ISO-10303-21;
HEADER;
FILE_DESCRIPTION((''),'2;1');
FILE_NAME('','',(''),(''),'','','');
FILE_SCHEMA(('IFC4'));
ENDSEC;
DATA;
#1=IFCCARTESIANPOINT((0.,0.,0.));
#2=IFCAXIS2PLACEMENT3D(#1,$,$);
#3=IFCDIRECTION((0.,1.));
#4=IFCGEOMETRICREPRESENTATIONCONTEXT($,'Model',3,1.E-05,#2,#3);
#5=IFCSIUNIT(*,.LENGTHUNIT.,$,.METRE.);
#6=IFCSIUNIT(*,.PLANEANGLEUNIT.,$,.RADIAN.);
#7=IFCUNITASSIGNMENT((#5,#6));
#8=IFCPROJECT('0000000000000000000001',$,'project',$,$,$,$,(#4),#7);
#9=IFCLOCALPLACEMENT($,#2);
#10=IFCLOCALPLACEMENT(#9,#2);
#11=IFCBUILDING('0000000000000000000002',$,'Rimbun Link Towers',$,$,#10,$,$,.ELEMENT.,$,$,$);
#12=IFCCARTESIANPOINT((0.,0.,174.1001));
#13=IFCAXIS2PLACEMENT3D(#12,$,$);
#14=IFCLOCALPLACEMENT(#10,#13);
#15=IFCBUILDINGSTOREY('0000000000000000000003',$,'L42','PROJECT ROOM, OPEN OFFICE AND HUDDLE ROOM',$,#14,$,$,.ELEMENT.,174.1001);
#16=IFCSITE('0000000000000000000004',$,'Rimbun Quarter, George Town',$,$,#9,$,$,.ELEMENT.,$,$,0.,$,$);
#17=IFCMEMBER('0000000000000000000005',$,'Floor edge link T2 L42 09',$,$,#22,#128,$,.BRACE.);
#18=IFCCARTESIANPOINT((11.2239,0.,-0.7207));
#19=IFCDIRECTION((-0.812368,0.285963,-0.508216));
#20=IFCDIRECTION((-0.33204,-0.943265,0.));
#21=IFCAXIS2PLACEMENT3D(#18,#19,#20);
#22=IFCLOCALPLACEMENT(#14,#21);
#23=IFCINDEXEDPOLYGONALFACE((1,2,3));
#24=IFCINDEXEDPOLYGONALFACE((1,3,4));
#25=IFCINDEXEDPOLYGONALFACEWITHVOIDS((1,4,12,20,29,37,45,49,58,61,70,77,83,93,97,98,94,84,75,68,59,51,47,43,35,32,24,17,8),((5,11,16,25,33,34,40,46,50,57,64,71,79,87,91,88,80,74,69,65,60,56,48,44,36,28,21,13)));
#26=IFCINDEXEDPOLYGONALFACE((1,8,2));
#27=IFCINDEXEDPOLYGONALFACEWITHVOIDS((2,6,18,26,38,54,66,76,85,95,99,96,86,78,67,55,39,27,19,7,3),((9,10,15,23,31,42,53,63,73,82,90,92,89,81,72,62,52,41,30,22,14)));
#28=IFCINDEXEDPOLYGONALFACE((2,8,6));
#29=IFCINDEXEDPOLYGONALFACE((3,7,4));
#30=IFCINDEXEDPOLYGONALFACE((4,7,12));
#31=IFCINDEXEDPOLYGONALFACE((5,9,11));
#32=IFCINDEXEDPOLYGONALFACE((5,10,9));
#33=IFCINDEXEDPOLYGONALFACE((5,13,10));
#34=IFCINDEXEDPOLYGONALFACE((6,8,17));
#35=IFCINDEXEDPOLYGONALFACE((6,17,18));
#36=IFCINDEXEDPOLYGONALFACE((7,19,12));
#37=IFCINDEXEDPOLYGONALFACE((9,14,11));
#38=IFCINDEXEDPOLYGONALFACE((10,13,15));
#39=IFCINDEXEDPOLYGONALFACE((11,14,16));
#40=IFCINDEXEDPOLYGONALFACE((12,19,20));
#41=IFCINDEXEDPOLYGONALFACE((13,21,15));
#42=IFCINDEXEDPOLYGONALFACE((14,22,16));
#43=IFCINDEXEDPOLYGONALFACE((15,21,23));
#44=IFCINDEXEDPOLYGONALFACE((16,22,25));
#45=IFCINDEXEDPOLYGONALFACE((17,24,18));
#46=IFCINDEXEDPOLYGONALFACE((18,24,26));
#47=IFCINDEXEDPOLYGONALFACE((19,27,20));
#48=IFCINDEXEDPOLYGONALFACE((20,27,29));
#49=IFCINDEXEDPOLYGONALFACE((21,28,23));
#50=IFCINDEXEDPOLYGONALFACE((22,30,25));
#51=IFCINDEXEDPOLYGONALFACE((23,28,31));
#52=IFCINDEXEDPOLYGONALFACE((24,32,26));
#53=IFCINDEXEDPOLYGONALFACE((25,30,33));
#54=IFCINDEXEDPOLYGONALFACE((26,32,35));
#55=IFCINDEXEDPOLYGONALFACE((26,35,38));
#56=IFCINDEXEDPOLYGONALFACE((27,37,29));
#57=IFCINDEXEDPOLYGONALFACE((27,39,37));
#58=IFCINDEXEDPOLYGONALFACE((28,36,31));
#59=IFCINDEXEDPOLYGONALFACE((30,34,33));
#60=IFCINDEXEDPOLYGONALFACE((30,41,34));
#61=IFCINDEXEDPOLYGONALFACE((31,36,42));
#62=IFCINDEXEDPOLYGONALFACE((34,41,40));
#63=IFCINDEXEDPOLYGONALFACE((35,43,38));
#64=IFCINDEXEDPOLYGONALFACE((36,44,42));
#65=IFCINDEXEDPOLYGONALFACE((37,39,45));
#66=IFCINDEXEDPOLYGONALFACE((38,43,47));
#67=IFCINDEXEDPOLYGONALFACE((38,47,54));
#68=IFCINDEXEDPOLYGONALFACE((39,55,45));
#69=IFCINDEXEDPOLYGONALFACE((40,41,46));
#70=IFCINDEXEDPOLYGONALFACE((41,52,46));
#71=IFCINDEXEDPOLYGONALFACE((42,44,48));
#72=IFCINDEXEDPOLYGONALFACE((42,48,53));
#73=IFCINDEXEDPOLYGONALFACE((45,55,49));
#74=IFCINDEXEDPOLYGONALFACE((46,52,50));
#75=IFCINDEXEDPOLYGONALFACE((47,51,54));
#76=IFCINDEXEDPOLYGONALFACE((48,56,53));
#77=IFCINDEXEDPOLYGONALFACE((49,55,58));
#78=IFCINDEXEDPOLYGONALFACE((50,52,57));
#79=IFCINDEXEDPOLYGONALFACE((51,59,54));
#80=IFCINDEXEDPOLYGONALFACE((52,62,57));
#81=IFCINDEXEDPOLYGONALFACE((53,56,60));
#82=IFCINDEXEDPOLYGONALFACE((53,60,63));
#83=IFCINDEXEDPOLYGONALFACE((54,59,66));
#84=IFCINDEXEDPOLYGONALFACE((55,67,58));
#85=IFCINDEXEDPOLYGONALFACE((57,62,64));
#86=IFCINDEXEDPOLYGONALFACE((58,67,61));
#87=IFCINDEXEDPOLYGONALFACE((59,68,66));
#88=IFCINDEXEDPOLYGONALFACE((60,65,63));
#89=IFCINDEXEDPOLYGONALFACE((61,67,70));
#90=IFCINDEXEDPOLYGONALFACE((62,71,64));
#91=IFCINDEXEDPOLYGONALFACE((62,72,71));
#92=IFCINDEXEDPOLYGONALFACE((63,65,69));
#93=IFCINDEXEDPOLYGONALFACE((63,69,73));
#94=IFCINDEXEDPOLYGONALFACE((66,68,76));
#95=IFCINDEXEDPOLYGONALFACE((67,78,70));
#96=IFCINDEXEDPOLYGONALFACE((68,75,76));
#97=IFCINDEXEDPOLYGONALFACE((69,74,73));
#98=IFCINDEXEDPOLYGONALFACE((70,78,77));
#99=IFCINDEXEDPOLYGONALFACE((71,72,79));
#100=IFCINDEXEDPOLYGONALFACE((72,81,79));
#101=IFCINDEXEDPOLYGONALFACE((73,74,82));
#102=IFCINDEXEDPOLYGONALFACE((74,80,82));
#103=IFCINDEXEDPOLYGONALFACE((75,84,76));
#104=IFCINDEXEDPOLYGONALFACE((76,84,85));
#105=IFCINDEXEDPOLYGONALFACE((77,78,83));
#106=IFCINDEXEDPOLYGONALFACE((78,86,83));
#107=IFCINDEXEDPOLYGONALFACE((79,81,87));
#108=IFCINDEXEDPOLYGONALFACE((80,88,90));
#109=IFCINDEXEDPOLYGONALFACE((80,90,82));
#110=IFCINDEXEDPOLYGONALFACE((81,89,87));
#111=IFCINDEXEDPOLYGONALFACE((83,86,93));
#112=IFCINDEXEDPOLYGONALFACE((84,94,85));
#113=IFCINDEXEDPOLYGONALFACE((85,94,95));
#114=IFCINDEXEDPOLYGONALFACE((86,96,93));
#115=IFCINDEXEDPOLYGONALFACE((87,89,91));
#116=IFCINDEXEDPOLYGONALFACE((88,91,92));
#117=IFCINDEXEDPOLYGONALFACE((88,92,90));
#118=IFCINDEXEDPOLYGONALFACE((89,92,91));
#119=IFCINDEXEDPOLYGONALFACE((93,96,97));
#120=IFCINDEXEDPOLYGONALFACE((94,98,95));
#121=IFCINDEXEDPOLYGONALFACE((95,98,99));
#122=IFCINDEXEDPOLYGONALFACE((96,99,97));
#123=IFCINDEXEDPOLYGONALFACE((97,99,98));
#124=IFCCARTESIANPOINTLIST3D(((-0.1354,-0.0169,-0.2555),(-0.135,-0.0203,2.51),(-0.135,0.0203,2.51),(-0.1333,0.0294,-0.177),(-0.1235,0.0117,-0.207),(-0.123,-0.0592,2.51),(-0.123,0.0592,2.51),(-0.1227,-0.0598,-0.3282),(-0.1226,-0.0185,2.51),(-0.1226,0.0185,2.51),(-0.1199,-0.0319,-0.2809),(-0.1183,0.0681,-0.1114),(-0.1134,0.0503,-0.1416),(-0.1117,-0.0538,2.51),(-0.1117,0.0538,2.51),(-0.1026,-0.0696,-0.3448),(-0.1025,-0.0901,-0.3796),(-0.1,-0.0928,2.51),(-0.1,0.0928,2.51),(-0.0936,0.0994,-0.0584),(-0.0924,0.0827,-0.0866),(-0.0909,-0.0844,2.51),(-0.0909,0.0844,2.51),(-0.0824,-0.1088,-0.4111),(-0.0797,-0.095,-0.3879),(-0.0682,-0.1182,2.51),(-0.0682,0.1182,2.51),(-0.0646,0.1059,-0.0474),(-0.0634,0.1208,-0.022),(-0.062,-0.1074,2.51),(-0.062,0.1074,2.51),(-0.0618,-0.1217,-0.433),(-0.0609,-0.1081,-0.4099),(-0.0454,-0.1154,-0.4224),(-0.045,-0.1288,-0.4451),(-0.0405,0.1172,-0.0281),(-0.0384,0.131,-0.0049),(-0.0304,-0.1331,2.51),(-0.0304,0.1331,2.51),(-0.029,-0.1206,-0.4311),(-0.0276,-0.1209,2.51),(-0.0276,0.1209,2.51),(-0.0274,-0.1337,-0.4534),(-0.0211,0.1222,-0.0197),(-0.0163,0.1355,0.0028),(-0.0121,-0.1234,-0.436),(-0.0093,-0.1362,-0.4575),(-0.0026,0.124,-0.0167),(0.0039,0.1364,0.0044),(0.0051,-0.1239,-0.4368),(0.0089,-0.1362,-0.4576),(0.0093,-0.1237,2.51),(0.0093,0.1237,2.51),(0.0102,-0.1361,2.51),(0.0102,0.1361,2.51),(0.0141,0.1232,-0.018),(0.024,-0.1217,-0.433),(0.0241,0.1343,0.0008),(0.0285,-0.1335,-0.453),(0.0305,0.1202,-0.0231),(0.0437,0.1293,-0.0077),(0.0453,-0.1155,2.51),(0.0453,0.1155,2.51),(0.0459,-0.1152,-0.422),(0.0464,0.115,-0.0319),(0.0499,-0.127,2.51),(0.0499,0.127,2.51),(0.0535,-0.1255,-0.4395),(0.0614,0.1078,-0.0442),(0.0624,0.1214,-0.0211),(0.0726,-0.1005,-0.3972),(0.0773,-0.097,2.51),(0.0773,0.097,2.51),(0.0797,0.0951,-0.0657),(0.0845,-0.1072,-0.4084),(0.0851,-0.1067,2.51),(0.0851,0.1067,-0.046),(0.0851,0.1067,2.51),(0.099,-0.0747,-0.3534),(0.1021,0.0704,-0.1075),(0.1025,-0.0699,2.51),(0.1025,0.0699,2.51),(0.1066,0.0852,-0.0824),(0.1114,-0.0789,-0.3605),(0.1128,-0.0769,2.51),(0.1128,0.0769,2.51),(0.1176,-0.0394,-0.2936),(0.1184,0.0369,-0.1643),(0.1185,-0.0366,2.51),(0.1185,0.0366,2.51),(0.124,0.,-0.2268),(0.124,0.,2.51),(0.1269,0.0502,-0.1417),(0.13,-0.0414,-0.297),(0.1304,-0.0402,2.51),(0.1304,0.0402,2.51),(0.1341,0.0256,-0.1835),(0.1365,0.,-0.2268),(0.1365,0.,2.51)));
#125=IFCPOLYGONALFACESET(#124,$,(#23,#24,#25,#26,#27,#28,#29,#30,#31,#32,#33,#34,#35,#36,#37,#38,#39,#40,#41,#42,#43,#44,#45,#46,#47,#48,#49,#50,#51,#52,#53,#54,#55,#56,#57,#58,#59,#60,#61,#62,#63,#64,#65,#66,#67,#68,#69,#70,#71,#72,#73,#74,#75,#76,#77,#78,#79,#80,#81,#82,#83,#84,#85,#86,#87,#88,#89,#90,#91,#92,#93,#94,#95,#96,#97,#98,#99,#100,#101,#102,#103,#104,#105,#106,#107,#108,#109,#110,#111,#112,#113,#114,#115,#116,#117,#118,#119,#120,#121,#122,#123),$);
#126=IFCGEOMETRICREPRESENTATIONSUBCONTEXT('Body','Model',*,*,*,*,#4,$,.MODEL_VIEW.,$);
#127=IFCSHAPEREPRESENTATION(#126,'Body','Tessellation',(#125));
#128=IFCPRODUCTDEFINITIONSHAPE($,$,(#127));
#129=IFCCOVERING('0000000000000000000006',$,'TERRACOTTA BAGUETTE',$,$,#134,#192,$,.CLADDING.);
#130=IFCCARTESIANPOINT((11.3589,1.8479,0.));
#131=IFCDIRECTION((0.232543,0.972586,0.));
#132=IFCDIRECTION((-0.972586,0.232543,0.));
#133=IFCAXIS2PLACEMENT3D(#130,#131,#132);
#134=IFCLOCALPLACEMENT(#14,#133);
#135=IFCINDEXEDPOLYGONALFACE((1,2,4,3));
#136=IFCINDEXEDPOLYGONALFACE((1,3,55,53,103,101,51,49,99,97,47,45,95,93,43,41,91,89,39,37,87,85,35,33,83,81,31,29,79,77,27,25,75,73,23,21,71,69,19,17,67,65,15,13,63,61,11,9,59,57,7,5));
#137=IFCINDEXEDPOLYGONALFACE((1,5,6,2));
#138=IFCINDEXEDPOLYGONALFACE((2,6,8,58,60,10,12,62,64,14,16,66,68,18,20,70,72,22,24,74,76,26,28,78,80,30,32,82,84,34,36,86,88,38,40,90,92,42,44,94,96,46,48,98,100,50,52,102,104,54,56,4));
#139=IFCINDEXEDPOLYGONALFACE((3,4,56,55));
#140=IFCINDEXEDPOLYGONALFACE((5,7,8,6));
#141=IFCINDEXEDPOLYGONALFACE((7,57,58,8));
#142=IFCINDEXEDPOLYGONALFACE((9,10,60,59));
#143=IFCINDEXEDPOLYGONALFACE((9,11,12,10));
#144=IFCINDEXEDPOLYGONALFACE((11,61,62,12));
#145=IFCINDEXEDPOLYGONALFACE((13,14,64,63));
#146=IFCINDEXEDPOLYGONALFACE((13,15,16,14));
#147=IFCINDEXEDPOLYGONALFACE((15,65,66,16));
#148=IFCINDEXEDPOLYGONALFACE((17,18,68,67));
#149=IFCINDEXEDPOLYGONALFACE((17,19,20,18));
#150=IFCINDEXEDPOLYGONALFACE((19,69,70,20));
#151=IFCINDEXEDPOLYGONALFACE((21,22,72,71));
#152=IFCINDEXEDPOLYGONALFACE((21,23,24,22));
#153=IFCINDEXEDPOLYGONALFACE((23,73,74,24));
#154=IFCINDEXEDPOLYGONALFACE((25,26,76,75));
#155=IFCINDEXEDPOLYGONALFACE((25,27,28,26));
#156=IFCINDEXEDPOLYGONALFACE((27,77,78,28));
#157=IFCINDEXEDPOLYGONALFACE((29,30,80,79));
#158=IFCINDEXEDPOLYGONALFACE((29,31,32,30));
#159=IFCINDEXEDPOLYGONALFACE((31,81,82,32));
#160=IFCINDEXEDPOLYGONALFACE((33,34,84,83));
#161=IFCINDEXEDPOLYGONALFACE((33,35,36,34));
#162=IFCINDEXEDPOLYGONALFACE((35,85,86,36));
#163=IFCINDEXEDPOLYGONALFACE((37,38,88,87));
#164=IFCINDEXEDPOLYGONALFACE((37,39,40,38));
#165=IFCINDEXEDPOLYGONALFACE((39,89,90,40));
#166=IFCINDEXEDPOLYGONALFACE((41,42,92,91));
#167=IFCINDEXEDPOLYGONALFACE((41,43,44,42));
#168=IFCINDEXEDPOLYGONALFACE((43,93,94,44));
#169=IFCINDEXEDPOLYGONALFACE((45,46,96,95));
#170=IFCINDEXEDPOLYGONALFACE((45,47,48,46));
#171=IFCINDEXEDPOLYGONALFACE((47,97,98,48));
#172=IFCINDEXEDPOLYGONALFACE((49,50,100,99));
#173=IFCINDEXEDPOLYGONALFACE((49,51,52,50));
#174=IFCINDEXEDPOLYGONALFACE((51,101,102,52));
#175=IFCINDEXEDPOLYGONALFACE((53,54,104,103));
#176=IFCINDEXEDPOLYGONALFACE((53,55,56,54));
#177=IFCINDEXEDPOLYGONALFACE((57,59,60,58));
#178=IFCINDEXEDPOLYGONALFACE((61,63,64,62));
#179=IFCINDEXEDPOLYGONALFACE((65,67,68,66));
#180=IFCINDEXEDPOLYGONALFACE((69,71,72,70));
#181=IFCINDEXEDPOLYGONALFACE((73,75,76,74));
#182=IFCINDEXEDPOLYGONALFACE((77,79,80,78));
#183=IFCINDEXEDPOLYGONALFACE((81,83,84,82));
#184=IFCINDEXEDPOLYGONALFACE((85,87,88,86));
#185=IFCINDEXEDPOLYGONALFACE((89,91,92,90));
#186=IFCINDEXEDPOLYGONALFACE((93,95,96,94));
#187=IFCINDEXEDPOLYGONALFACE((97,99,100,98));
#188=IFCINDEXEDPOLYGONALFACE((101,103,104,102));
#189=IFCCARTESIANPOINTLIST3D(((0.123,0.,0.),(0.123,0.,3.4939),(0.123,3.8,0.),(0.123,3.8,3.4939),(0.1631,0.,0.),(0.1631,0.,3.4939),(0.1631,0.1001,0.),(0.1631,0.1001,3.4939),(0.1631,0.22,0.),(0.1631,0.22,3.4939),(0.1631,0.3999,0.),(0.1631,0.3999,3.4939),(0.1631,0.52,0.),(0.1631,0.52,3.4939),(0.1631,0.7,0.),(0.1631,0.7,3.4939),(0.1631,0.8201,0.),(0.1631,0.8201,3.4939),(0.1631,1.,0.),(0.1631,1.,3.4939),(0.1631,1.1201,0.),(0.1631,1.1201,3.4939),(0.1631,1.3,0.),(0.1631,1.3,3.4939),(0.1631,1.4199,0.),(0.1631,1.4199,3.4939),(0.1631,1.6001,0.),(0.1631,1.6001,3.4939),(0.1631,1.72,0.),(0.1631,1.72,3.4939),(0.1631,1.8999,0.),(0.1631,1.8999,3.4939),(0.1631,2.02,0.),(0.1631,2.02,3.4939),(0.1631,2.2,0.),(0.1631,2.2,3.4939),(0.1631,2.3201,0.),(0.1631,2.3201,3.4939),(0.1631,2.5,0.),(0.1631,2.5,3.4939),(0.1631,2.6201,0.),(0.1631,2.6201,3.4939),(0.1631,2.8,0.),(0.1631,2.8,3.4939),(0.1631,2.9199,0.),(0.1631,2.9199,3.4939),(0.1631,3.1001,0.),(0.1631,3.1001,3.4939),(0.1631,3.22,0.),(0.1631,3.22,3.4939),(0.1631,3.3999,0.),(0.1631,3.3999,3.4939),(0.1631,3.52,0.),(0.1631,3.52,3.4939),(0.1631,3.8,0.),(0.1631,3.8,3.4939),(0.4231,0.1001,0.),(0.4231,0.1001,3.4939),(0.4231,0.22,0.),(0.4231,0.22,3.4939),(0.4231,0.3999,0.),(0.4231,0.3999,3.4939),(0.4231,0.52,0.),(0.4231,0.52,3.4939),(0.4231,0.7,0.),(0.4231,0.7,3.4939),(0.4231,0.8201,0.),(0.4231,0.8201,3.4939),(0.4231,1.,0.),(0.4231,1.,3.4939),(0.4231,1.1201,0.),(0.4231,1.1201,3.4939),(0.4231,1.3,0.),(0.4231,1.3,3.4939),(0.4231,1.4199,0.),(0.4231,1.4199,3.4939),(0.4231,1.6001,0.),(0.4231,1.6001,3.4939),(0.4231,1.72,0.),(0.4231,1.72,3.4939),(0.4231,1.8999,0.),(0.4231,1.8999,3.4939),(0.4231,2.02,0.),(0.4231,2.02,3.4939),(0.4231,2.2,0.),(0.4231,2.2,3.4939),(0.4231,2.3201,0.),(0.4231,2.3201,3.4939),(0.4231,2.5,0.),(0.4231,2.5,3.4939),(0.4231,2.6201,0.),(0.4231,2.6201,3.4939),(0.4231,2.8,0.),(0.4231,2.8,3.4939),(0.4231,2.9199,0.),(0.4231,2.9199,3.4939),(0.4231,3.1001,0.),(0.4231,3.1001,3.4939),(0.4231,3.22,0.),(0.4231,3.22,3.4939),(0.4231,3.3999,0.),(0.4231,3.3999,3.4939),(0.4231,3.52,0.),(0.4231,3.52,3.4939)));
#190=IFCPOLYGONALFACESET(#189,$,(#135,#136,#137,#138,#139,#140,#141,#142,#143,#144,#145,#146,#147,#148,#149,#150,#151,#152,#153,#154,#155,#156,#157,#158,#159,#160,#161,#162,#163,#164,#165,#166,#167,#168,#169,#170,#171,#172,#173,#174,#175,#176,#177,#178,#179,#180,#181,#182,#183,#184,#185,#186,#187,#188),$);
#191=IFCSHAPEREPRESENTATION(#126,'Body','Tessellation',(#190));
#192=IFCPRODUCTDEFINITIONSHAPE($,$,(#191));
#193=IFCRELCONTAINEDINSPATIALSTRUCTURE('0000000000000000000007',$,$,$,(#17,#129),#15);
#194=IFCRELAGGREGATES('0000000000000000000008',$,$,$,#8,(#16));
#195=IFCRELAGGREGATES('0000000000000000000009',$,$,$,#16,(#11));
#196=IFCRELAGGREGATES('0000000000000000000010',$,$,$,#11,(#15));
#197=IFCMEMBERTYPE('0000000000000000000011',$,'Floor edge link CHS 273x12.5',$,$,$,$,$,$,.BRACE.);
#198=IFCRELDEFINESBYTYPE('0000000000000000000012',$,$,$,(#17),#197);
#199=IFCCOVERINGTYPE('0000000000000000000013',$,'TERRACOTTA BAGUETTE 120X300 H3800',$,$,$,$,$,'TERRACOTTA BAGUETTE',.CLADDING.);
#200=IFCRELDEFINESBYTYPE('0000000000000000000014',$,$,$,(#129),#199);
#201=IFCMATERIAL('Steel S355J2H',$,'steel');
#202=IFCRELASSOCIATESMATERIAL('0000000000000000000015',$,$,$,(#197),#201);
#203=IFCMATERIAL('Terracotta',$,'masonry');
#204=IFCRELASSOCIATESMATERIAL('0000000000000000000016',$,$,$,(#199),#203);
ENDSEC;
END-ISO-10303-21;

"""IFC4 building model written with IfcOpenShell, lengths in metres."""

from ifc_helpers import new_model, si_unit, direction, frame, origin, origin_2d, place, context, subcontext, project, spatial, polyline, hollow_circle, outline, extrude, clip, halfspace, material, material_profile, profile_set, type_object, element, save


model = new_model("IFC4")

# Units and contexts
model_context = context("Model", 3, precision=1e-05, world=origin(), true_north=direction((0.0, 1.0)))
body_context = subcontext(model_context, "Body", "Model", "MODEL_VIEW")
ifc_project = project(units=[si_unit("LENGTHUNIT", "METRE"), si_unit("PLANEANGLEUNIT", "RADIAN")], contexts=[model_context])

# Site, building, storey
site_placement = place(None, origin())
site = spatial("IfcSite", under=ifc_project, at=site_placement, Name="Rimbun Quarter, George Town", CompositionType="ELEMENT", RefElevation=0.0)
building_placement = place(site_placement, origin())
building = spatial("IfcBuilding", under=site, at=building_placement, Name="Rimbun Link Towers", CompositionType="ELEMENT")
storey_placement = place(building_placement, frame((0.0, 0.0, 174.1001)))
storey = spatial("IfcBuildingStorey", under=building, at=storey_placement, Name="L42", Description="PROJECT ROOM, OPEN OFFICE AND HUDDLE ROOM", CompositionType="ELEMENT", Elevation=174.1001)

# Member
ifc_material_1 = material(Name="Steel S355J2H", Category="steel")
ifc_material_profile_1 = material_profile(ifc_material_1, hollow_circle(Radius=0.1365, WallThickness=0.0125, at=origin_2d()), Name="CHS 273x12.5")
ifc_profile_set_1 = profile_set([ifc_material_profile_1], Name="Steel S355J2H")
member_type_1 = type_object("IfcMemberType", Name="Floor edge link CHS 273x12.5", PredefinedType="BRACE", material=ifc_profile_set_1)
member_1_placement = place(storey_placement, frame((11.2239, 0.0, -0.7207), z_axis=(-0.812368, 0.285963, -0.508216), x_axis=(-0.33204, -0.943265, 0.0)))
element("IfcMember", 1, at=member_1_placement, inside=storey, type_object=member_type_1, Name="Floor edge link T2 L42 09", PredefinedType="BRACE", context=body_context, shape_type="Clipping", body=[
    clip(extrude(hollow_circle(Radius=0.1365, WallThickness=0.0125, at=origin_2d()), frame((0.0, 0.0, -0.4824)), (0.0, 0.0, 1.0), 2.9924), halfspace(frame((0.0, 0.0, -0.2268), z_axis=(0.0, 0.86123, -0.508216)), False)),
])

# Covering
ifc_material_2 = material(Name="Terracotta", Category="masonry")
ifc_material_profile_2 = material_profile(ifc_material_2, outline(polyline([(0.123, 0.0), (0.1631, 0.0), (0.1631, 0.1001), (0.4231, 0.1001), (0.4231, 0.22), (0.1631, 0.22), (0.1631, 0.3999), (0.4231, 0.3999), (0.4231, 0.52), (0.1631, 0.52), (0.1631, 0.7), (0.4231, 0.7), (0.4231, 0.8201), (0.1631, 0.8201), (0.1631, 1.0), (0.4231, 1.0), (0.4231, 1.1201), (0.1631, 1.1201), (0.1631, 1.3), (0.4231, 1.3), (0.4231, 1.4199), (0.1631, 1.4199), (0.1631, 1.6001), (0.4231, 1.6001), (0.4231, 1.72), (0.1631, 1.72), (0.1631, 1.8999), (0.4231, 1.8999), (0.4231, 2.02), (0.1631, 2.02), (0.1631, 2.2), (0.4231, 2.2), (0.4231, 2.3201), (0.1631, 2.3201), (0.1631, 2.5), (0.4231, 2.5), (0.4231, 2.6201), (0.1631, 2.6201), (0.1631, 2.8), (0.4231, 2.8), (0.4231, 2.9199), (0.1631, 2.9199), (0.1631, 3.1001), (0.4231, 3.1001), (0.4231, 3.22), (0.1631, 3.22), (0.1631, 3.3999), (0.4231, 3.3999), (0.4231, 3.52), (0.1631, 3.52), (0.1631, 3.8), (0.123, 3.8), (0.123, 0.0)])), Name="BAGUETTE 120X300")
ifc_profile_set_2 = profile_set([ifc_material_profile_2], Name="Terracotta")
covering_type_1 = type_object("IfcCoveringType", Name="TERRACOTTA BAGUETTE 120X300 H3800", ElementType="TERRACOTTA BAGUETTE", PredefinedType="CLADDING", material=ifc_profile_set_2)
covering_1_placement = place(storey_placement, frame((11.3589, 1.8479, 0.0), z_axis=(0.232543, 0.972586, 0.0), x_axis=(-0.972586, 0.232543, 0.0)))
element("IfcCovering", 2, at=covering_1_placement, inside=storey, type_object=covering_type_1, Name="TERRACOTTA BAGUETTE", PredefinedType="CLADDING", context=body_context, shape_type="SweptSolid", body=[
    extrude(outline(polyline([(0.123, 0.0), (0.1631, 0.0), (0.1631, 0.1001), (0.4231, 0.1001), (0.4231, 0.22), (0.1631, 0.22), (0.1631, 0.3999), (0.4231, 0.3999), (0.4231, 0.52), (0.1631, 0.52), (0.1631, 0.7), (0.4231, 0.7), (0.4231, 0.8201), (0.1631, 0.8201), (0.1631, 1.0), (0.4231, 1.0), (0.4231, 1.1201), (0.1631, 1.1201), (0.1631, 1.3), (0.4231, 1.3), (0.4231, 1.4199), (0.1631, 1.4199), (0.1631, 1.6001), (0.4231, 1.6001), (0.4231, 1.72), (0.1631, 1.72), (0.1631, 1.8999), (0.4231, 1.8999), (0.4231, 2.02), (0.1631, 2.02), (0.1631, 2.2), (0.4231, 2.2), (0.4231, 2.3201), (0.1631, 2.3201), (0.1631, 2.5), (0.4231, 2.5), (0.4231, 2.6201), (0.1631, 2.6201), (0.1631, 2.8), (0.4231, 2.8), (0.4231, 2.9199), (0.1631, 2.9199), (0.1631, 3.1001), (0.4231, 3.1001), (0.4231, 3.22), (0.1631, 3.22), (0.1631, 3.3999), (0.4231, 3.3999), (0.4231, 3.52), (0.1631, 3.52), (0.1631, 3.8), (0.123, 3.8), (0.123, 0.0)])), origin(), (0.0, 0.0, 1.0), 3.4939),
])

save(model, "model.ifc")
